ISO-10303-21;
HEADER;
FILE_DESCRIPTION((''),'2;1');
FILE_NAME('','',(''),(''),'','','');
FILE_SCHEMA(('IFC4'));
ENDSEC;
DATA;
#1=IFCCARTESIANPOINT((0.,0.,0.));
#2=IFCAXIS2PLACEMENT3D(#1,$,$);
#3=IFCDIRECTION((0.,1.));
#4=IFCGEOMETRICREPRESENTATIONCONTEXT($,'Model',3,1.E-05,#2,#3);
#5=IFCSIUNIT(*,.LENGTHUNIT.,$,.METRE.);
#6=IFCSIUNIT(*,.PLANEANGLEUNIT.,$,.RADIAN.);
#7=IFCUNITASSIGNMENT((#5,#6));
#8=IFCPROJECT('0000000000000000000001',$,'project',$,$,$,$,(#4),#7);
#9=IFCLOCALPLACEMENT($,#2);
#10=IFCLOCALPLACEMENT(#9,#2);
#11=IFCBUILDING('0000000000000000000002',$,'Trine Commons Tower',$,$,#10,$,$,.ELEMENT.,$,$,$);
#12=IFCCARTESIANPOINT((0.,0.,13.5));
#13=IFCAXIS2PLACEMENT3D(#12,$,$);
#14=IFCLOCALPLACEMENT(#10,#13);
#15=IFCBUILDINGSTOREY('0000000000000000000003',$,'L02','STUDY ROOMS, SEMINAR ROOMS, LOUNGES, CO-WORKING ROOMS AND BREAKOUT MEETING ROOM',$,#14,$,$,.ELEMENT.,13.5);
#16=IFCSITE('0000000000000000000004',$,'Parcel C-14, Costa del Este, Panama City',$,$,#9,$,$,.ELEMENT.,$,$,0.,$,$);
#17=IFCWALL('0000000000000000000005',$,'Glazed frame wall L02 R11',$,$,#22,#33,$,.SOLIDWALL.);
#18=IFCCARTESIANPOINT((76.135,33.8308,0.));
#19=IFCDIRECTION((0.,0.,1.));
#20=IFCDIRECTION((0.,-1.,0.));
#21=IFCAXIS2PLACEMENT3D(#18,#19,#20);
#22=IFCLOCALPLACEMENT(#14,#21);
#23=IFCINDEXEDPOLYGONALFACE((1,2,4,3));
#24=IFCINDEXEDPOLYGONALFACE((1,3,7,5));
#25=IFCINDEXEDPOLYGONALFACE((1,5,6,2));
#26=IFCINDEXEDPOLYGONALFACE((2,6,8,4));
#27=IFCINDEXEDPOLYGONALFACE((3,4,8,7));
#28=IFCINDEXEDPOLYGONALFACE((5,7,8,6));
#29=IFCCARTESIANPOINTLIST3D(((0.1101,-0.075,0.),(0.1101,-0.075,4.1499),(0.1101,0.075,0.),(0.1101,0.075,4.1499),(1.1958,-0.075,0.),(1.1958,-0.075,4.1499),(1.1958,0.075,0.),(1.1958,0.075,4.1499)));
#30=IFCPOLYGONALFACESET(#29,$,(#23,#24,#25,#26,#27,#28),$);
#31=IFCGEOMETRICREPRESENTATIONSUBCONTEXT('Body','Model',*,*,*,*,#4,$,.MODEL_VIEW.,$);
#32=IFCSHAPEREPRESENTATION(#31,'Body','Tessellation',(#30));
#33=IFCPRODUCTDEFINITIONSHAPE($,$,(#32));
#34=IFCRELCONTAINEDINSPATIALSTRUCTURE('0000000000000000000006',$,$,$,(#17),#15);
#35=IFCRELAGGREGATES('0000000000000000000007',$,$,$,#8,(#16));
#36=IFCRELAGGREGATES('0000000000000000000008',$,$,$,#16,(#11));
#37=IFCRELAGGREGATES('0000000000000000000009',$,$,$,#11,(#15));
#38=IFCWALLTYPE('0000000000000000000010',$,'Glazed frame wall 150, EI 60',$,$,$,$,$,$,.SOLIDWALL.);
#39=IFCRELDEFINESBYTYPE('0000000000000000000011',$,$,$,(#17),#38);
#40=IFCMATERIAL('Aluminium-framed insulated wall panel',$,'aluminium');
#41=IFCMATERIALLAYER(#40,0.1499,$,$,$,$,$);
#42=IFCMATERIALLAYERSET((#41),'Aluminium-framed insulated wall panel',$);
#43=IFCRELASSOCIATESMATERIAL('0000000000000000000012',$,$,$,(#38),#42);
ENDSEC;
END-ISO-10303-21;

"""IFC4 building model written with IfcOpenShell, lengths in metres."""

from ifc_helpers import new_model, si_unit, direction, frame, origin, place, context, subcontext, project, spatial, polyline, outline, extrude, material, layer, layer_set, type_object, element, save


model = new_model("IFC4")

# Units and contexts
model_context = context("Model", 3, precision=1e-05, world=origin(), true_north=direction((0.0, 1.0)))
body_context = subcontext(model_context, "Body", "Model", "MODEL_VIEW")
ifc_project = project(units=[si_unit("LENGTHUNIT", "METRE"), si_unit("PLANEANGLEUNIT", "RADIAN")], contexts=[model_context])

# Site, building, storey
site_placement = place(None, origin())
site = spatial("IfcSite", under=ifc_project, at=site_placement, Name="Parcel C-14, Costa del Este, Panama City", CompositionType="ELEMENT", RefElevation=0.0)
building_placement = place(site_placement, origin())
building = spatial("IfcBuilding", under=site, at=building_placement, Name="Trine Commons Tower", CompositionType="ELEMENT")
storey_placement = place(building_placement, frame((0.0, 0.0, 13.5)))
storey = spatial("IfcBuildingStorey", under=building, at=storey_placement, Name="L02", Description="STUDY ROOMS, SEMINAR ROOMS, LOUNGES, CO-WORKING ROOMS AND BREAKOUT MEETING ROOM", CompositionType="ELEMENT", Elevation=13.5)

# Wall
ifc_material_1 = material(Name="Aluminium-framed insulated wall panel", Category="aluminium")
ifc_layer_1 = layer(ifc_material_1, 0.1499)
ifc_layer_set_1 = layer_set([ifc_layer_1], Name="Aluminium-framed insulated wall panel")
wall_type_1 = type_object("IfcWallType", Name="Glazed frame wall 150, EI 60", PredefinedType="SOLIDWALL", material=ifc_layer_set_1)
wall_1_placement = place(storey_placement, frame((76.135, 33.8308, 0.0), z_axis=(0.0, 0.0, 1.0), x_axis=(0.0, -1.0, 0.0)))
element("IfcWall", 1, at=wall_1_placement, inside=storey, type_object=wall_type_1, Name="Glazed frame wall L02 R11", PredefinedType="SOLIDWALL", context=body_context, shape_type="SweptSolid", body=[
    extrude(outline(polyline([(0.1101, 0.075), (0.1101, -0.075), (1.1958, -0.075), (1.1958, 0.075), (0.1101, 0.075)])), origin(), (0.0, 0.0, 1.0), 4.1499),
])

save(model, "model.ifc")
